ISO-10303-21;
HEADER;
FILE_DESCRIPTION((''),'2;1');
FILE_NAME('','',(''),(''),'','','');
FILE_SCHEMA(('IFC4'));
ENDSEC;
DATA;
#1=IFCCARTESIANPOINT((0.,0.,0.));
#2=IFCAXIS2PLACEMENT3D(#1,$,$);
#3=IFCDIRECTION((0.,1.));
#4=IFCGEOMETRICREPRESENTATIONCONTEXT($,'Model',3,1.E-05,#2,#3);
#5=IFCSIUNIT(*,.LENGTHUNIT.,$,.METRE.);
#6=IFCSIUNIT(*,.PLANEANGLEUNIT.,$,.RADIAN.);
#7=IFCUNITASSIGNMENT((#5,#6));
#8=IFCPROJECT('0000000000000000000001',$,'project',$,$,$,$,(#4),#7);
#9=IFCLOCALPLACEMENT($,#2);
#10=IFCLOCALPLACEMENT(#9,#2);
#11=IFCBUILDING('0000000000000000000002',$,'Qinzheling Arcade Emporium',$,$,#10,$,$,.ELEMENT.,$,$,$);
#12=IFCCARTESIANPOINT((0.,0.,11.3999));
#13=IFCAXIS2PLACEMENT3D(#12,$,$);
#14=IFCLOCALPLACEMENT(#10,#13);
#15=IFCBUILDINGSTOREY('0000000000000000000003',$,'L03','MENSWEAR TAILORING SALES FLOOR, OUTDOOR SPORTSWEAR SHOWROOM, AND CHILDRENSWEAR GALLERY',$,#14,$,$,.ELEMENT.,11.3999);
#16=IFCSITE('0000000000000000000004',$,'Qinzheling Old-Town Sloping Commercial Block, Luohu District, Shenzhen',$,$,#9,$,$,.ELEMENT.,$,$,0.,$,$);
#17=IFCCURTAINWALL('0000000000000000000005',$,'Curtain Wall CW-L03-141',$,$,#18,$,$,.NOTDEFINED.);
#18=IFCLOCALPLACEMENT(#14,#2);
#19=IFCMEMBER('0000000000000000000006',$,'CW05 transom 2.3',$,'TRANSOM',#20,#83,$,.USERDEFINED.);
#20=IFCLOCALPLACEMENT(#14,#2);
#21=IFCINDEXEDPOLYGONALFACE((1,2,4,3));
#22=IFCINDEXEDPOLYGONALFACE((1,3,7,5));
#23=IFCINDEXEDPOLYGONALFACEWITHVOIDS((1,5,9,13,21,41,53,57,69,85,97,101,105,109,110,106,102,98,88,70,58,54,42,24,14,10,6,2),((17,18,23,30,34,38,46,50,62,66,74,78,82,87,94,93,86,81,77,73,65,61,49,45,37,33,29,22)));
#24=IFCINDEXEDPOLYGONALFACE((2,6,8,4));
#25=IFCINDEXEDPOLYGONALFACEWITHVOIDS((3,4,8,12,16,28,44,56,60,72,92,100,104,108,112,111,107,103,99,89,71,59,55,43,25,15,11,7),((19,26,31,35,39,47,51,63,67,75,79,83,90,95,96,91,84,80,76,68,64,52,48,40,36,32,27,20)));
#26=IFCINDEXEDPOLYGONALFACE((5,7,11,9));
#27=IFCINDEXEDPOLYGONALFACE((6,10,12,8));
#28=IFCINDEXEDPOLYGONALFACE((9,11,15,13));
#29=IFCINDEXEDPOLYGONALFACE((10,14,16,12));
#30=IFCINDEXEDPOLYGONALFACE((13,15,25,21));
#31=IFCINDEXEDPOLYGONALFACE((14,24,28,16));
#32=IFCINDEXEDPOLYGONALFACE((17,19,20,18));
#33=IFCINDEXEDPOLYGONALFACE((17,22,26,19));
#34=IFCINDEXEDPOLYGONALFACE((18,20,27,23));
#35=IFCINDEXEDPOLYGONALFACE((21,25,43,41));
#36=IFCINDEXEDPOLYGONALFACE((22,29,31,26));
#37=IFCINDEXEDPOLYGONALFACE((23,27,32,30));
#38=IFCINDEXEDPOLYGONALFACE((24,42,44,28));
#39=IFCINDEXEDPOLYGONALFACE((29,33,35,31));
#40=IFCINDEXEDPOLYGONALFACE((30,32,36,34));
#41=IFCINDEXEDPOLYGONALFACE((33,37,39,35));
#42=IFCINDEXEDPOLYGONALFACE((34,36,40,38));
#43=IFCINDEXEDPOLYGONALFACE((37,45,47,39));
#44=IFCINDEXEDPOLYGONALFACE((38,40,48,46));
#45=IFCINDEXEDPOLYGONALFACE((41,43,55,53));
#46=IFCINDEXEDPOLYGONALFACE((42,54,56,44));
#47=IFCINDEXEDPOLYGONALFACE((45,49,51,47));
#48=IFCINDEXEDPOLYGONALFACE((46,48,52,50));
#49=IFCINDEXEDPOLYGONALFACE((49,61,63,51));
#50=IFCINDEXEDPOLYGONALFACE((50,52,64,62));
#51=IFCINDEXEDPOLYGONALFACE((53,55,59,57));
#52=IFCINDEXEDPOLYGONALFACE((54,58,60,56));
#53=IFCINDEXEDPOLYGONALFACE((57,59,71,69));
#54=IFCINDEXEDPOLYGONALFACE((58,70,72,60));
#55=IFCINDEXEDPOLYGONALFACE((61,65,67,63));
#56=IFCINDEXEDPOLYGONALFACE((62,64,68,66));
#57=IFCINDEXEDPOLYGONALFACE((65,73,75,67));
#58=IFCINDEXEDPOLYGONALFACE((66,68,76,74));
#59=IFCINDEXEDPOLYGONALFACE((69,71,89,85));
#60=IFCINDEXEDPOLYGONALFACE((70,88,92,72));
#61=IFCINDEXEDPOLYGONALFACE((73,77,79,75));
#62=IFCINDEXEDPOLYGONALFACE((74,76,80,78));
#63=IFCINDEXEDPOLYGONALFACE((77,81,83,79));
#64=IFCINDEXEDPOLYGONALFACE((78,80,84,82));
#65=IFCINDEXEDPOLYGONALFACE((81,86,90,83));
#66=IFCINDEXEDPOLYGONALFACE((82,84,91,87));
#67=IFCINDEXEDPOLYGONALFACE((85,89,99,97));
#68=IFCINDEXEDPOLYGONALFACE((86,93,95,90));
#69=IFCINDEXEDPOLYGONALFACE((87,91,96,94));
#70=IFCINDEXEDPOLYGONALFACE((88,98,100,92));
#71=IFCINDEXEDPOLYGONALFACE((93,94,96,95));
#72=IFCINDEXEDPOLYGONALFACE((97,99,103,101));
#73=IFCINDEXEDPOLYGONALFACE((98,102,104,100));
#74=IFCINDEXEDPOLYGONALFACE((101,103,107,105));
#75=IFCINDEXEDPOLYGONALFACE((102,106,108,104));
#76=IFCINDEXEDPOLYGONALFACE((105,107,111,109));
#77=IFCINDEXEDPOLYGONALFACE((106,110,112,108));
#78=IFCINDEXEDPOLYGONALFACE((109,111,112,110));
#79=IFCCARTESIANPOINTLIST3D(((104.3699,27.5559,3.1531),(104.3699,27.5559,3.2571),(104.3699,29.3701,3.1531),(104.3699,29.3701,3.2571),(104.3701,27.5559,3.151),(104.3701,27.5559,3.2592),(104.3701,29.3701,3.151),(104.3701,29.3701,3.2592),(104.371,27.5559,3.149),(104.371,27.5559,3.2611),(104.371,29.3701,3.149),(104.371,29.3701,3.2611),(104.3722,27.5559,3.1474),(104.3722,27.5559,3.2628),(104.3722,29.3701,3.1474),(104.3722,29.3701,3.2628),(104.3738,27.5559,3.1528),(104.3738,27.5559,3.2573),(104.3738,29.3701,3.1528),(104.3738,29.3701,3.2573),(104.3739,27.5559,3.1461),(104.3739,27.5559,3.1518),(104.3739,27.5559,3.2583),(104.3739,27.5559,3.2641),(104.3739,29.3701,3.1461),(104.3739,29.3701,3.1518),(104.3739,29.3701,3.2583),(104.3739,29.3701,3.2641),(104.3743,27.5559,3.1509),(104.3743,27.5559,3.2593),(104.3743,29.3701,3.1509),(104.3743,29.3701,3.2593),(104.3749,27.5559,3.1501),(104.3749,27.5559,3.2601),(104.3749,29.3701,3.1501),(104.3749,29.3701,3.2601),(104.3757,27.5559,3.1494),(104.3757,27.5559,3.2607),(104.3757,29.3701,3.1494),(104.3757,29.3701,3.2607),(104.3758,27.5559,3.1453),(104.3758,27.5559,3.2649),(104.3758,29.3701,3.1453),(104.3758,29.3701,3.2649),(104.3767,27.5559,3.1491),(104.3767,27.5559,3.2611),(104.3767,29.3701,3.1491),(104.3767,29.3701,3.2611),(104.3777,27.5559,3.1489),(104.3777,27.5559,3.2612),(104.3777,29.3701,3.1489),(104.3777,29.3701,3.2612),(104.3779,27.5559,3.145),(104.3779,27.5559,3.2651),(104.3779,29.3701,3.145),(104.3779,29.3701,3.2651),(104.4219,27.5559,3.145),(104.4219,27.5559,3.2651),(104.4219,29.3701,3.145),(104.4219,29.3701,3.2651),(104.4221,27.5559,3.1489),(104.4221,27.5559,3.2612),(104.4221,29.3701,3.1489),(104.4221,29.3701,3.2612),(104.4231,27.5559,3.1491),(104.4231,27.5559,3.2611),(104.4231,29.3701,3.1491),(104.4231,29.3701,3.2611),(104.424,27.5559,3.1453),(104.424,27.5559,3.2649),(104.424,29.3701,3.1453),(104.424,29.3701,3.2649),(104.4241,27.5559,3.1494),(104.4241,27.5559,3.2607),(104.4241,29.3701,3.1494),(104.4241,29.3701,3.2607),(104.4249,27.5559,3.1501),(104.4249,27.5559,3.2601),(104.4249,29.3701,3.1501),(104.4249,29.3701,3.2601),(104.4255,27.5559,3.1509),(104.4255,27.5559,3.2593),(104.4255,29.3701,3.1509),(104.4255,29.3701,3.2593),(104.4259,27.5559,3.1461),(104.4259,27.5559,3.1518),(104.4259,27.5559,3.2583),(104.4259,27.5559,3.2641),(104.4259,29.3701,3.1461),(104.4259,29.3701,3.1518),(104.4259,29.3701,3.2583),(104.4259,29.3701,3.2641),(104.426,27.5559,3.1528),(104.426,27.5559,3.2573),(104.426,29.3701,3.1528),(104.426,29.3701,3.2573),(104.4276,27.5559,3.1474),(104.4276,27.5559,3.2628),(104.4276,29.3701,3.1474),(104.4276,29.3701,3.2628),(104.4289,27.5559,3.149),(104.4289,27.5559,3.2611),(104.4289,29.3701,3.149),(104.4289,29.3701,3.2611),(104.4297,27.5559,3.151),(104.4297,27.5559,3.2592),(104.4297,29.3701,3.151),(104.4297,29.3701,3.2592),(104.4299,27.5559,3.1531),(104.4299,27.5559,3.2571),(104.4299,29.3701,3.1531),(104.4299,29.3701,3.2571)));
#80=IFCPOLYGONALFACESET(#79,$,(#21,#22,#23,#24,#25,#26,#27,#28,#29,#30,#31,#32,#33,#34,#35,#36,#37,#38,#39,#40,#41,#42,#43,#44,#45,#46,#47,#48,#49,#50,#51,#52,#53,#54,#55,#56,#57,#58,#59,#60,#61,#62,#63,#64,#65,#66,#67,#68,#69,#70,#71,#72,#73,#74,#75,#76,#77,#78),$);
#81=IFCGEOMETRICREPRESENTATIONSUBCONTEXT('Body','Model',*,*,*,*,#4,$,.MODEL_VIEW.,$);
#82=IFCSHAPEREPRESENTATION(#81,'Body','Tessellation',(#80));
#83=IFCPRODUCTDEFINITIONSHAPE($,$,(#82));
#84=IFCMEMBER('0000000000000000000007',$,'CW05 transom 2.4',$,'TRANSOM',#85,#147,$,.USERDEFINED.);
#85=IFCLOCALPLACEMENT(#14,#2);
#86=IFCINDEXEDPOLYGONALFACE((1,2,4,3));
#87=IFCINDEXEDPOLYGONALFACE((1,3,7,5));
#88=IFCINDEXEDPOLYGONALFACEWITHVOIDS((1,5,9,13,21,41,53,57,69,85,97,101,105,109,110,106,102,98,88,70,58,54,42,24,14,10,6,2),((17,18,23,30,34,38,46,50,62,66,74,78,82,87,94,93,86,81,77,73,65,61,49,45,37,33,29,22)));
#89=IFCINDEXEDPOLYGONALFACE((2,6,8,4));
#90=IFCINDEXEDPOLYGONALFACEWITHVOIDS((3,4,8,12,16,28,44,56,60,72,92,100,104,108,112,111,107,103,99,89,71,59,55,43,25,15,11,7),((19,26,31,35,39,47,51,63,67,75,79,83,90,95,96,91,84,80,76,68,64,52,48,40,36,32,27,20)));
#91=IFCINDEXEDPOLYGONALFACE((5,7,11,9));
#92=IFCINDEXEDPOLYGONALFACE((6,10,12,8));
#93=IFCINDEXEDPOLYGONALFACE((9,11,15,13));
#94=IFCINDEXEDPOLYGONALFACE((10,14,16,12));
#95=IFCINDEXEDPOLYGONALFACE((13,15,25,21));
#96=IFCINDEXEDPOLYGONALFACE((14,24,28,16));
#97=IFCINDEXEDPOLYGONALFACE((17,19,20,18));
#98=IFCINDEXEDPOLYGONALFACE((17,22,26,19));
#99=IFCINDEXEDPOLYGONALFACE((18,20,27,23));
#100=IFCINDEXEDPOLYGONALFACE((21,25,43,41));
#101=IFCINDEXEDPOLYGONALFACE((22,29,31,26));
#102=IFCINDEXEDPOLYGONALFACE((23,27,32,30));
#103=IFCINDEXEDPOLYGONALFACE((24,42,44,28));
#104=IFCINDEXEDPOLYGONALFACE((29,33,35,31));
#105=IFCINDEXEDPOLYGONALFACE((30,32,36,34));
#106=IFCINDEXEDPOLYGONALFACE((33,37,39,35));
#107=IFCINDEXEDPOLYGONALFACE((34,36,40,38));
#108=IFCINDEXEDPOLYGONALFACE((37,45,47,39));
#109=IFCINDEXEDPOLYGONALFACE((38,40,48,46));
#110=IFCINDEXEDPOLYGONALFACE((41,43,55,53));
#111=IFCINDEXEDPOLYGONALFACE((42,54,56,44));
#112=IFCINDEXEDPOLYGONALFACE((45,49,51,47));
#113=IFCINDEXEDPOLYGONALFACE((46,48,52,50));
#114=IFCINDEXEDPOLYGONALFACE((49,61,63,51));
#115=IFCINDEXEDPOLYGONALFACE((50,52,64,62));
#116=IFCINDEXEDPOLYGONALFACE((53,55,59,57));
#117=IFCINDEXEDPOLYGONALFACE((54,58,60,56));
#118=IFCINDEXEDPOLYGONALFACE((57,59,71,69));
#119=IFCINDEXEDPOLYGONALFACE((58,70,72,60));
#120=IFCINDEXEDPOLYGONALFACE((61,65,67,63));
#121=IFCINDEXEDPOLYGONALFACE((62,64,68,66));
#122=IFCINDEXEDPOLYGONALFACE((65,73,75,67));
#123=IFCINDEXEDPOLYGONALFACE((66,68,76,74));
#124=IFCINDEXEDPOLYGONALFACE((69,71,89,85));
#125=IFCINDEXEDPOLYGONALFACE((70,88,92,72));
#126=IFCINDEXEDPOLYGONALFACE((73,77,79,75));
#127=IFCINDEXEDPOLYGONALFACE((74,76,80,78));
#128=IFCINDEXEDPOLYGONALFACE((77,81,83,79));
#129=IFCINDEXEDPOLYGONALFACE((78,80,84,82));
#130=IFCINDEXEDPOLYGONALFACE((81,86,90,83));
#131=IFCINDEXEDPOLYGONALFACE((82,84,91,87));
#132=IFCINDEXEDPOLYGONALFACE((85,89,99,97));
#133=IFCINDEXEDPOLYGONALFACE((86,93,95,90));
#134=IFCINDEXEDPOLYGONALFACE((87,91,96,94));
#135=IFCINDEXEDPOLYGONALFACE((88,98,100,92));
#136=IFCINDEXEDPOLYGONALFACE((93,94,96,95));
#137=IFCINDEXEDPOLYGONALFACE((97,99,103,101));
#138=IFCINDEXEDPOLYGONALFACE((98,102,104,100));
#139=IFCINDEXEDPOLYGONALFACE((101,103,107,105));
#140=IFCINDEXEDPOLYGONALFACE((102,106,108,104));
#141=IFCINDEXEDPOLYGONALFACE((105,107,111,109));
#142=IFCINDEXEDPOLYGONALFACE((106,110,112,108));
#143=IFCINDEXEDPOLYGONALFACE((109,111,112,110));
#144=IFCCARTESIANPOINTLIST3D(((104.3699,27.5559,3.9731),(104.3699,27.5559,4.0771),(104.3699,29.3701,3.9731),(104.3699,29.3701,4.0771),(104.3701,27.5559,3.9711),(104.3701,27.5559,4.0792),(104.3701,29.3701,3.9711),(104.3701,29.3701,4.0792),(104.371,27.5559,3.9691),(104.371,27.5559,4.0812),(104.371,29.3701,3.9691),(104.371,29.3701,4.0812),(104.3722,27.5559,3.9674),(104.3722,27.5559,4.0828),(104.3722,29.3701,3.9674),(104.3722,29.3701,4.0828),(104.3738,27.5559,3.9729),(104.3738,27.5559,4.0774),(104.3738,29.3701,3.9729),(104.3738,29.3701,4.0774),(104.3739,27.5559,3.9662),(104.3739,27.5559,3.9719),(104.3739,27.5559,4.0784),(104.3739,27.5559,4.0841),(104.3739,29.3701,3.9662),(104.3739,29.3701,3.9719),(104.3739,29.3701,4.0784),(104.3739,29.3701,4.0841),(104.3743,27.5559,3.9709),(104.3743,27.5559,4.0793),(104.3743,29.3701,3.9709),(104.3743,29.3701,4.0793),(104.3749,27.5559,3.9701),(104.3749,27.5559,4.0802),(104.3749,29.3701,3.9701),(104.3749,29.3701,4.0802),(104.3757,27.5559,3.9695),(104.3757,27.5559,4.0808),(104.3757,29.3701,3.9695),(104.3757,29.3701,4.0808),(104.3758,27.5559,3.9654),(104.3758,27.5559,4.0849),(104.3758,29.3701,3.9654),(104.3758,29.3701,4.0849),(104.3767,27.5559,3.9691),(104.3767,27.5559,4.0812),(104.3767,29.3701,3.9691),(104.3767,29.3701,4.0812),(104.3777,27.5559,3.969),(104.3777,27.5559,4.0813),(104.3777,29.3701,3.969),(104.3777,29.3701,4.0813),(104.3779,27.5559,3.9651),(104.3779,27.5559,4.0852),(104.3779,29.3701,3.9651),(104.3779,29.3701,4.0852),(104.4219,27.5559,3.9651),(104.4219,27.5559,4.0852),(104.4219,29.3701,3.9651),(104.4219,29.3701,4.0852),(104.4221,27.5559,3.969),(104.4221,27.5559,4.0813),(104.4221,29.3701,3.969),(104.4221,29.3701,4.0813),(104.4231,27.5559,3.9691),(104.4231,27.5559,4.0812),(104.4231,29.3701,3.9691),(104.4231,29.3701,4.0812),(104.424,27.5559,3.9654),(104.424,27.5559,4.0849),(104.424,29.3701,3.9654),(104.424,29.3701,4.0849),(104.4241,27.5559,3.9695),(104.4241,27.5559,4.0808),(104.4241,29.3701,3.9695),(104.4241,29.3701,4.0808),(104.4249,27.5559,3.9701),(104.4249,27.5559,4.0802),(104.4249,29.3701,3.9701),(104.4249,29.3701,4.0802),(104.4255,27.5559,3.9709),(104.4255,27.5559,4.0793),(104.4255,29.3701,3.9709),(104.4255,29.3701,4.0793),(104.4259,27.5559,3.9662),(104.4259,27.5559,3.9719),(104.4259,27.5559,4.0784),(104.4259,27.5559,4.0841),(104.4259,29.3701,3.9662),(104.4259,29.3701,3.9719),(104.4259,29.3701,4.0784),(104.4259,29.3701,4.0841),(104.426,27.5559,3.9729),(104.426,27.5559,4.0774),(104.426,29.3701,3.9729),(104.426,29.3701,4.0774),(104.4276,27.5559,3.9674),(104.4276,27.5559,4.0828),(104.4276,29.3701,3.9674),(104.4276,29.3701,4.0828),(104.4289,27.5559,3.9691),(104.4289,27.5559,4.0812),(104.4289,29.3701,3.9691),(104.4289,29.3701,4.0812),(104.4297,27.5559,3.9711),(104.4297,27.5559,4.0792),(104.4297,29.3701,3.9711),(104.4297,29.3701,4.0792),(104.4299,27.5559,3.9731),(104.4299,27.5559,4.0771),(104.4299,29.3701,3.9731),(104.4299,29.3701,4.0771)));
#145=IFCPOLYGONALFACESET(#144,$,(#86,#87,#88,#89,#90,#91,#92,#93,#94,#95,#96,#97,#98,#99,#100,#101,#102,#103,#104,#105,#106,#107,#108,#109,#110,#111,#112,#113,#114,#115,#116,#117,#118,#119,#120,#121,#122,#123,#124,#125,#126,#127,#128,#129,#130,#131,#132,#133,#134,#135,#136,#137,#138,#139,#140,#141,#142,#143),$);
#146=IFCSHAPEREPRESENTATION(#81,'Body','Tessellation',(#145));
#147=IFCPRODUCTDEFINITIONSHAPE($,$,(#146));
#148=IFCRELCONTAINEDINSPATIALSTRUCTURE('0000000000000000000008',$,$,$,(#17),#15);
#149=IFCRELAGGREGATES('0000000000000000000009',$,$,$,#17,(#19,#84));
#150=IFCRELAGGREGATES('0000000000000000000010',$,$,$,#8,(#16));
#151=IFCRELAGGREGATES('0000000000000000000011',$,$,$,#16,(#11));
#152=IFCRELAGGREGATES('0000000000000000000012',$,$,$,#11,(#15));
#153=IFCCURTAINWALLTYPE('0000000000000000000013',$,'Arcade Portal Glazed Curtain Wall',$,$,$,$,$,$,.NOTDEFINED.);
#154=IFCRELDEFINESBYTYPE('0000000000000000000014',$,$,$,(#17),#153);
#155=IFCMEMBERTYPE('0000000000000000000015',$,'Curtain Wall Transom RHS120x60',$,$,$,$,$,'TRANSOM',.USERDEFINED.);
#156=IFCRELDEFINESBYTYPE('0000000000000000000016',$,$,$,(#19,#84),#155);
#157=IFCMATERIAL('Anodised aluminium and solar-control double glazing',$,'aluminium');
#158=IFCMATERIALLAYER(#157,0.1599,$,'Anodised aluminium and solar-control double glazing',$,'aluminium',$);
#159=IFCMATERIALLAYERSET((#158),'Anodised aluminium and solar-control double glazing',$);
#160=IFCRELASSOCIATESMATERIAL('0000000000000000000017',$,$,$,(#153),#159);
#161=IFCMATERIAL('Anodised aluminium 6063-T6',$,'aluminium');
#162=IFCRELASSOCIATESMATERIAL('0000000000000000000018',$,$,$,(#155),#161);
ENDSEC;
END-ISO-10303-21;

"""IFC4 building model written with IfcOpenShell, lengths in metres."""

from ifc_helpers import new_model, si_unit, direction, frame, origin, origin_2d, place, context, subcontext, project, spatial, hollow_rectangle, extrude, material, layer, layer_set, material_profile, profile_set, type_object, element, aggregate, save


model = new_model("IFC4")

# Units and contexts
model_context = context("Model", 3, precision=1e-05, world=origin(), true_north=direction((0.0, 1.0)))
body_context = subcontext(model_context, "Body", "Model", "MODEL_VIEW")
ifc_project = project(units=[si_unit("LENGTHUNIT", "METRE"), si_unit("PLANEANGLEUNIT", "RADIAN")], contexts=[model_context])

# Site, building, storey
site_placement = place(None, origin())
site = spatial("IfcSite", under=ifc_project, at=site_placement, Name="Qinzheling Old-Town Sloping Commercial Block, Luohu District, Shenzhen", CompositionType="ELEMENT", RefElevation=0.0)
building_placement = place(site_placement, origin())
building = spatial("IfcBuilding", under=site, at=building_placement, Name="Qinzheling Arcade Emporium", CompositionType="ELEMENT")
storey_placement = place(building_placement, frame((0.0, 0.0, 11.3999)))
storey = spatial("IfcBuildingStorey", under=building, at=storey_placement, Name="L03", Description="MENSWEAR TAILORING SALES FLOOR, OUTDOOR SPORTSWEAR SHOWROOM, AND CHILDRENSWEAR GALLERY", CompositionType="ELEMENT", Elevation=11.3999)

# Curtain wall, members
ifc_material_1 = material(Name="Anodised aluminium and solar-control double glazing", Category="aluminium")
ifc_layer_1 = layer(ifc_material_1, 0.1599, Name="Anodised aluminium and solar-control double glazing", Category="aluminium")
ifc_layer_set_1 = layer_set([ifc_layer_1], Name="Anodised aluminium and solar-control double glazing")
curtain_wall_type = type_object("IfcCurtainWallType", Name="Arcade Portal Glazed Curtain Wall", PredefinedType="NOTDEFINED", material=ifc_layer_set_1)
curtain_wall_placement = place(storey_placement, origin())
curtain_wall = element("IfcCurtainWall", 1, at=curtain_wall_placement, inside=storey, type_object=curtain_wall_type, Name="Curtain Wall CW-L03-141", PredefinedType="NOTDEFINED")
ifc_material_2 = material(Name="Anodised aluminium 6063-T6", Category="aluminium")
ifc_material_profile_1 = material_profile(ifc_material_2, hollow_rectangle(XDim=0.0601, YDim=0.1201, WallThickness=0.0039, InnerFilletRadius=0.0039, OuterFilletRadius=0.0081, at=origin_2d()), Name="RHS 120x60x4", Category="aluminium")
ifc_profile_set_1 = profile_set([ifc_material_profile_1], Name="Anodised aluminium 6063-T6")
member_type_1 = type_object("IfcMemberType", Name="Curtain Wall Transom RHS120x60", ElementType="TRANSOM", PredefinedType="USERDEFINED", material=ifc_profile_set_1)
member_1_placement = place(storey_placement, frame((104.3999, 27.5559, 3.2051), z_axis=(0.0, 1.0, 0.0), x_axis=(-1.0, 0.0, 0.0)))
member_1 = element("IfcMember", 2, at=member_1_placement, type_object=member_type_1, Name="CW05 transom 2.3", ObjectType="TRANSOM", PredefinedType="USERDEFINED", context=body_context, shape_type="SweptSolid", body=[
    extrude(hollow_rectangle(XDim=0.0601, YDim=0.1201, WallThickness=0.0039, InnerFilletRadius=0.0039, OuterFilletRadius=0.0081, at=origin_2d()), origin(), (0.0, 0.0, 1.0), 1.8142),
])
member_2_placement = place(storey_placement, frame((104.3999, 27.5559, 4.0251), z_axis=(0.0, 1.0, 0.0), x_axis=(-1.0, 0.0, 0.0)))
member_2 = element("IfcMember", 3, at=member_2_placement, type_object=member_type_1, Name="CW05 transom 2.4", ObjectType="TRANSOM", PredefinedType="USERDEFINED", context=body_context, shape_type="SweptSolid", body=[
    extrude(hollow_rectangle(XDim=0.0601, YDim=0.1201, WallThickness=0.0039, InnerFilletRadius=0.0039, OuterFilletRadius=0.0081, at=origin_2d()), origin(), (0.0, 0.0, 1.0), 1.8142),
])
aggregate(curtain_wall, [member_1, member_2])

save(model, "model.ifc")
